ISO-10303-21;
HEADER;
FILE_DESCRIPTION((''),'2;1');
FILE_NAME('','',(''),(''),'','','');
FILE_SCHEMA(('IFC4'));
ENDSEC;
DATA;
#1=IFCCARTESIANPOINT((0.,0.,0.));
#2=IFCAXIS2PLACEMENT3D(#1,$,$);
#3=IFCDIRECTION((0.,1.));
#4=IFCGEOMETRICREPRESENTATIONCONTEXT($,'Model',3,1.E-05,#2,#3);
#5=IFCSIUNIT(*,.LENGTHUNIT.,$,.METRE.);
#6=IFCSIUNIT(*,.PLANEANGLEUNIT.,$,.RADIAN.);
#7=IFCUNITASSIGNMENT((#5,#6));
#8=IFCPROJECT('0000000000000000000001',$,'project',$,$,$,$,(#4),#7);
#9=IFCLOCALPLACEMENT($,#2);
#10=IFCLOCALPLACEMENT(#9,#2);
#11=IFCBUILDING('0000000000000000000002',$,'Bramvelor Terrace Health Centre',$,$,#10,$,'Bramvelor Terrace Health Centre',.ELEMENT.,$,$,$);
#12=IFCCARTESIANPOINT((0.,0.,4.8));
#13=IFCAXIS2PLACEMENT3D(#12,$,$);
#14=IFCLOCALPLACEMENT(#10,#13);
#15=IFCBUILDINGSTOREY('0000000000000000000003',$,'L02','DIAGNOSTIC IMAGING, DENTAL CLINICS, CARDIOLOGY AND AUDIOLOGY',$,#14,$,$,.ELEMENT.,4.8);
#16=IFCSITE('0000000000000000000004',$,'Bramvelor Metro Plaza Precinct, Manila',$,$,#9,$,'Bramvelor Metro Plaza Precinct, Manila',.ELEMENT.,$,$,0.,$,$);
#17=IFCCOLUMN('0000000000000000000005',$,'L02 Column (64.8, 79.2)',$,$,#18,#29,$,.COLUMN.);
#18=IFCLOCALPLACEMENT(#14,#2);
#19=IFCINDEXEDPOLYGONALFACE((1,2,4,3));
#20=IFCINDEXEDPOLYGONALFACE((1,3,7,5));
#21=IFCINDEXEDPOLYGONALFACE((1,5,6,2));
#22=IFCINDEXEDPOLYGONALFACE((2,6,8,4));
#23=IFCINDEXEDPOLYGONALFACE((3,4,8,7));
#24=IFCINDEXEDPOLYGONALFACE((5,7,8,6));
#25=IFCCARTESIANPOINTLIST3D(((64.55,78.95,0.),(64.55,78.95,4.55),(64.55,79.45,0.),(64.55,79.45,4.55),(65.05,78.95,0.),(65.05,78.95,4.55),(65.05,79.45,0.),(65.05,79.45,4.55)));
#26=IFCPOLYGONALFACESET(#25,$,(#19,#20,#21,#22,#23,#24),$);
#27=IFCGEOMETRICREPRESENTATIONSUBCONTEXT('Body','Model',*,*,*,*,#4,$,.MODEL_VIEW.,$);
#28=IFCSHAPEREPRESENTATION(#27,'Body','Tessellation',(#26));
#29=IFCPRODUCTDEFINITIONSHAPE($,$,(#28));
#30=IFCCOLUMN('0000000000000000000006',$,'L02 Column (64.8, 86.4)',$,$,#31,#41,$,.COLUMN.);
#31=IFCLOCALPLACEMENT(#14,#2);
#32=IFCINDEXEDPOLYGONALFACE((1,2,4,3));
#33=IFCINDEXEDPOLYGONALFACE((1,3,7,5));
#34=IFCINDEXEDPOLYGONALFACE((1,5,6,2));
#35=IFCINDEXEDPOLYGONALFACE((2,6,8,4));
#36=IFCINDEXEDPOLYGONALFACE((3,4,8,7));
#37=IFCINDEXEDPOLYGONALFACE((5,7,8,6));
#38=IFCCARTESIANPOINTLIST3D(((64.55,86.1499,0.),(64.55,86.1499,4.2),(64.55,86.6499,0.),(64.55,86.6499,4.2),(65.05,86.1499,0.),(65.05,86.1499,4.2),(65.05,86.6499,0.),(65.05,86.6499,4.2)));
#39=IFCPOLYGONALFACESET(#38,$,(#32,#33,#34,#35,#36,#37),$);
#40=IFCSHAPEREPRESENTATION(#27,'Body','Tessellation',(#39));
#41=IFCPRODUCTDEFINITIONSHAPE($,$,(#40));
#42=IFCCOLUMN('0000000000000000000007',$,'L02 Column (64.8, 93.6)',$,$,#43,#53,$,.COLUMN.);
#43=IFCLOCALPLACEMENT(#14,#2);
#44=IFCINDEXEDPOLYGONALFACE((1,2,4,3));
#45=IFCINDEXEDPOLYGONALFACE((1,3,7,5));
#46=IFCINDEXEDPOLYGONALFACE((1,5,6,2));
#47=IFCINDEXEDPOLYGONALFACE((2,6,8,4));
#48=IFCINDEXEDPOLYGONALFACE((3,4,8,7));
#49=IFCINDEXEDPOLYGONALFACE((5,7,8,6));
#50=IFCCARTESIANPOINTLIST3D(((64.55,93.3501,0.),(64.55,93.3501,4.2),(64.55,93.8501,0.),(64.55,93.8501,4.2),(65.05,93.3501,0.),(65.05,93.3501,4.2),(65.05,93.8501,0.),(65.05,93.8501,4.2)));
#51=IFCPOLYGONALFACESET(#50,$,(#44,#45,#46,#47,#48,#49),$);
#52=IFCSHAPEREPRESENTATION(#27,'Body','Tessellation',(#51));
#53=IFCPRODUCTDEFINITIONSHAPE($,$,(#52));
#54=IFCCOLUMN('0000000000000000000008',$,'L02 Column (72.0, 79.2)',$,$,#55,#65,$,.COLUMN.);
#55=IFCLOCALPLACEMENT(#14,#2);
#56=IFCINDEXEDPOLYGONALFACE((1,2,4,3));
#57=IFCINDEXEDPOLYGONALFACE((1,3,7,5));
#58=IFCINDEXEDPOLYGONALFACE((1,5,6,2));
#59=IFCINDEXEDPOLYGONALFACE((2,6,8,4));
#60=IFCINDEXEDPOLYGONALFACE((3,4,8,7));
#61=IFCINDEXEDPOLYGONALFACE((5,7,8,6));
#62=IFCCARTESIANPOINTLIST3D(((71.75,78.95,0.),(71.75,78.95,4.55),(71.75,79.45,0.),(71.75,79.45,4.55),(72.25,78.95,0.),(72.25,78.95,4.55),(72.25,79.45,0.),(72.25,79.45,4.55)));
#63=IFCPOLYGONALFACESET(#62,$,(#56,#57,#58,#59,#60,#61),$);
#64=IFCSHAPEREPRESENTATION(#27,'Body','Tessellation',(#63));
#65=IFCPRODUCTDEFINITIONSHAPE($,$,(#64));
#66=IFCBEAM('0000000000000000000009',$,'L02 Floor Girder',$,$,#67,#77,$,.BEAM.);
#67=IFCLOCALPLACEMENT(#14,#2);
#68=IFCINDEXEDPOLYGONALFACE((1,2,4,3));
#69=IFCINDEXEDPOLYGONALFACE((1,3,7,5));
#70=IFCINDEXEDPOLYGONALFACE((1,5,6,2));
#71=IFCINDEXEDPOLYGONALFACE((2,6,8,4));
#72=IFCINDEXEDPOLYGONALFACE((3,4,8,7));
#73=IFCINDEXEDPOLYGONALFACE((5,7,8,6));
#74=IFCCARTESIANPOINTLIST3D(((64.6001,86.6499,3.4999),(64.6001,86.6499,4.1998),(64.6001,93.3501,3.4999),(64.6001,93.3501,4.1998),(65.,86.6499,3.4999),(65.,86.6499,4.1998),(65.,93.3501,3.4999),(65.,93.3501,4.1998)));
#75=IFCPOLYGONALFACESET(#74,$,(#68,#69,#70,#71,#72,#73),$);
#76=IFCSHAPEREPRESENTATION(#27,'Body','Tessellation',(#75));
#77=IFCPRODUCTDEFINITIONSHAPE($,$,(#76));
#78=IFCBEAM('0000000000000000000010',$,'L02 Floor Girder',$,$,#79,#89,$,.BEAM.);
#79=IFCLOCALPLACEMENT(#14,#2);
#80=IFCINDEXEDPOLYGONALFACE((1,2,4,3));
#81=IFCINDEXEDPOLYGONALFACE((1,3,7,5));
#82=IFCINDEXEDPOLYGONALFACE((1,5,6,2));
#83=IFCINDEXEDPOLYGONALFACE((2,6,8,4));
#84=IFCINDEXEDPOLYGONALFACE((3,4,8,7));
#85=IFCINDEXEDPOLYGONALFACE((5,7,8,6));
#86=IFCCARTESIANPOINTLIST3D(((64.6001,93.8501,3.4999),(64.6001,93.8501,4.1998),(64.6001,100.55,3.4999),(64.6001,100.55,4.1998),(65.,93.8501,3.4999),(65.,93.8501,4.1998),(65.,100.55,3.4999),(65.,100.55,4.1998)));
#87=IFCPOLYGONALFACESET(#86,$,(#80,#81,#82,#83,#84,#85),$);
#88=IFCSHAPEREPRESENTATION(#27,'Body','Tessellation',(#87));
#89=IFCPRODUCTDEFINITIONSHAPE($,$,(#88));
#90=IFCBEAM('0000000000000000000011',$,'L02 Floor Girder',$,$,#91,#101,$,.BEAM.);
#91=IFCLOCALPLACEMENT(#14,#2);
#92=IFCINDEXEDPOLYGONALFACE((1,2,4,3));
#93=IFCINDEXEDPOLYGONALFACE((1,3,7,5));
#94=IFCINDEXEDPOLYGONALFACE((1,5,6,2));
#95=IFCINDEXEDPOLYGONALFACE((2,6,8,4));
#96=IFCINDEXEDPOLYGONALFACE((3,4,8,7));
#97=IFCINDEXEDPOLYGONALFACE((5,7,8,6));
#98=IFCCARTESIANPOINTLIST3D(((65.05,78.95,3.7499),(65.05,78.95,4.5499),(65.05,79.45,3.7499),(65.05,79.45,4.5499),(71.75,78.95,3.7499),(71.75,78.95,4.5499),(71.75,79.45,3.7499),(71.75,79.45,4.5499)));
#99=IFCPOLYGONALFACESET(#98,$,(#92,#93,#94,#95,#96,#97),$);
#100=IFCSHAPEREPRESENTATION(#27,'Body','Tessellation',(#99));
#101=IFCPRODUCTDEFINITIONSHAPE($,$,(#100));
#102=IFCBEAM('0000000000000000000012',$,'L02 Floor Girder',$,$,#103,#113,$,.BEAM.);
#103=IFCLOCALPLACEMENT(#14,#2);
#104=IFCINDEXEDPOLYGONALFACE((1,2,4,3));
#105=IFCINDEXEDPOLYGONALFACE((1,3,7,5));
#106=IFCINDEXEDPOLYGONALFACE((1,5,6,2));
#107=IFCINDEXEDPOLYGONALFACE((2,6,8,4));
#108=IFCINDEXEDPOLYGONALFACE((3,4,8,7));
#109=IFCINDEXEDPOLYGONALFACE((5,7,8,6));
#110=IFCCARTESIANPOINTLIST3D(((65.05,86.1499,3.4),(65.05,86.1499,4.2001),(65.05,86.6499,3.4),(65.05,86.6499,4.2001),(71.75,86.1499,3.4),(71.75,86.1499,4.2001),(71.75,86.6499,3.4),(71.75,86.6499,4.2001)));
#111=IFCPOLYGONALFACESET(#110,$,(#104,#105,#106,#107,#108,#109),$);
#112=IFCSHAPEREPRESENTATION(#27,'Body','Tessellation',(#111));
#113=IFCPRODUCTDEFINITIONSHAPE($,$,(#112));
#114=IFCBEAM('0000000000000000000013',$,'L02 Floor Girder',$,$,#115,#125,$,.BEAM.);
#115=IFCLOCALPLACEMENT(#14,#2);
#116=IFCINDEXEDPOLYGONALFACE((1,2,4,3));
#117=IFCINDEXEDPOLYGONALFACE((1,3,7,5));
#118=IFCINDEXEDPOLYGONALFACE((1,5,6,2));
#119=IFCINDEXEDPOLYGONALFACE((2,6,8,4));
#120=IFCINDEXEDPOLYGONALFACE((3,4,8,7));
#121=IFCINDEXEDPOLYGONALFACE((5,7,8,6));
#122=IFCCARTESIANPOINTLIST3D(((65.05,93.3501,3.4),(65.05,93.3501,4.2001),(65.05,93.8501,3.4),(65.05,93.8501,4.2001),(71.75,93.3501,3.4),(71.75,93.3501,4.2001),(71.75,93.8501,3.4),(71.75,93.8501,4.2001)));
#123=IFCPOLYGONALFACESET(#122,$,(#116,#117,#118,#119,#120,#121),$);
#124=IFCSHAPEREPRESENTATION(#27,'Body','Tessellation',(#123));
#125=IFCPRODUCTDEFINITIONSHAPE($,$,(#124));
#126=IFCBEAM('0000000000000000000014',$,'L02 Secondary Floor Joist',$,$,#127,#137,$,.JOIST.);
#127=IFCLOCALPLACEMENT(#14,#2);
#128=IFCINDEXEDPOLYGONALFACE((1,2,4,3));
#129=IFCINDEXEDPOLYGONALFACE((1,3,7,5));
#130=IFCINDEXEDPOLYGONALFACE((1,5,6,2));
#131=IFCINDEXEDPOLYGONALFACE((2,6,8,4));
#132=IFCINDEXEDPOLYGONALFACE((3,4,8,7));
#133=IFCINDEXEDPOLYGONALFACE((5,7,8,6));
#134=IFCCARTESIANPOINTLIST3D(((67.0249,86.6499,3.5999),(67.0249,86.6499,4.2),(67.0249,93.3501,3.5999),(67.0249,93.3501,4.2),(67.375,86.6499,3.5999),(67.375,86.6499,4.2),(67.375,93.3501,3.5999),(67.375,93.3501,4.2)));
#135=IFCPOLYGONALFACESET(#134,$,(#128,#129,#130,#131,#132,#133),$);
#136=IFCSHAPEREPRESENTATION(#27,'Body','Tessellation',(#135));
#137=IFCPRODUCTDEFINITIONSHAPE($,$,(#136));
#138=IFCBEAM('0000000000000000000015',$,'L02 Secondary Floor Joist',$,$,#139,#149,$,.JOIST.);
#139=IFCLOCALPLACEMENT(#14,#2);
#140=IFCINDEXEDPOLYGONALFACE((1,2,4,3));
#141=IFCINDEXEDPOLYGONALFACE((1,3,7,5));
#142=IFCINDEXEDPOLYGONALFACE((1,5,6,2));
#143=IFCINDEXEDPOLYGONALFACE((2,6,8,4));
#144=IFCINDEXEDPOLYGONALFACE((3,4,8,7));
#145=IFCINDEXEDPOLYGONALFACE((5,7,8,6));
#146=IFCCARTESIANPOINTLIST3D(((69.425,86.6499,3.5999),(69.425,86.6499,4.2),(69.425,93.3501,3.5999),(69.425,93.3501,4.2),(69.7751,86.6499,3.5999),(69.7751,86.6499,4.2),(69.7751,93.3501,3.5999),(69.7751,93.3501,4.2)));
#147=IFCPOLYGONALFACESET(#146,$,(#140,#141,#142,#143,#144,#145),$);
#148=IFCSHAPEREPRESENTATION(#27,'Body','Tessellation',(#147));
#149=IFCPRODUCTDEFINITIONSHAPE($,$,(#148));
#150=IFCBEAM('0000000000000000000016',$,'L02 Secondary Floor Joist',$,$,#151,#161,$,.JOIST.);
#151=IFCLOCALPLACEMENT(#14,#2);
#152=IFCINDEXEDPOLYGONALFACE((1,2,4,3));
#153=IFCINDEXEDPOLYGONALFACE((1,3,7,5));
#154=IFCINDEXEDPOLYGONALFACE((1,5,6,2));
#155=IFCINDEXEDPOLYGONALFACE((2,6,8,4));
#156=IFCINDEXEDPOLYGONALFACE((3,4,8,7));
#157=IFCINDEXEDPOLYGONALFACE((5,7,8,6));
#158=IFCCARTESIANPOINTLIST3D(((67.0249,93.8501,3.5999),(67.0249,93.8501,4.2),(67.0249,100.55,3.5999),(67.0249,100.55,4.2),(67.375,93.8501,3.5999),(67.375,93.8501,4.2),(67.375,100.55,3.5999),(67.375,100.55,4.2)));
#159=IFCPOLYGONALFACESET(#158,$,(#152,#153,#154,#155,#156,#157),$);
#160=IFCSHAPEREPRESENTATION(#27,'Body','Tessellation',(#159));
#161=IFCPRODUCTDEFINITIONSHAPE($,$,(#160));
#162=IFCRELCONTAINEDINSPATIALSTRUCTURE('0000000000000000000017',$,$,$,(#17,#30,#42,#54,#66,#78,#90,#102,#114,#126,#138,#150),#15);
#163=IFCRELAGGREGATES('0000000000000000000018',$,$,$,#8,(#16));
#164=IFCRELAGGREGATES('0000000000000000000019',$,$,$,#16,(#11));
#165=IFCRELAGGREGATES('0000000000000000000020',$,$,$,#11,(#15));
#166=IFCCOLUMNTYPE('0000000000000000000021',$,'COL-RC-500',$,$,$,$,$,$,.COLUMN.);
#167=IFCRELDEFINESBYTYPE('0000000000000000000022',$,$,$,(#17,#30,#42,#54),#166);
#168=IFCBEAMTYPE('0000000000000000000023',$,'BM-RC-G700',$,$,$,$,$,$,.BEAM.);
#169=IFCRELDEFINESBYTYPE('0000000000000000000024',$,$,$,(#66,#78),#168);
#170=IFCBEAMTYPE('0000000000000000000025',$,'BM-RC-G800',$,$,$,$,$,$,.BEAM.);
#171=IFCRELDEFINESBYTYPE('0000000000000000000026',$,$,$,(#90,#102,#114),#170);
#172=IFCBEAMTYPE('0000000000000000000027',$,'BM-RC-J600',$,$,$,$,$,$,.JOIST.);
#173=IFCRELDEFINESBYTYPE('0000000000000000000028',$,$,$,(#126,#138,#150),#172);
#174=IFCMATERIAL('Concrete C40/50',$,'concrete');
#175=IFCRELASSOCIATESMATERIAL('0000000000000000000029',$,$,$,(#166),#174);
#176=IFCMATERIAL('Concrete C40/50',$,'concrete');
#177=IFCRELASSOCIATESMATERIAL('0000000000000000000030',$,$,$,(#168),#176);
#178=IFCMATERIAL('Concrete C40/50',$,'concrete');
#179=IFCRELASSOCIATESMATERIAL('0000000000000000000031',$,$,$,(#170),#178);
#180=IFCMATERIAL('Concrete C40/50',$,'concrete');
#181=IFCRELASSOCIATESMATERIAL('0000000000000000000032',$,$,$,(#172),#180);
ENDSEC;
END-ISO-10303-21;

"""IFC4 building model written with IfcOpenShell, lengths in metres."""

from ifc_helpers import new_model, si_unit, direction, frame, origin, origin_2d, place, context, subcontext, project, spatial, rectangle, extrude, material, material_profile, profile_set, type_object, element, save


model = new_model("IFC4")

# Units and contexts
model_context = context("Model", 3, precision=1e-05, world=origin(), true_north=direction((0.0, 1.0)))
body_context = subcontext(model_context, "Body", "Model", "MODEL_VIEW")
ifc_project = project(units=[si_unit("LENGTHUNIT", "METRE"), si_unit("PLANEANGLEUNIT", "RADIAN")], contexts=[model_context])

# Site, building, storey
site_placement = place(None, origin())
site = spatial("IfcSite", under=ifc_project, at=site_placement, Name="Bramvelor Metro Plaza Precinct, Manila", LongName="Bramvelor Metro Plaza Precinct, Manila", CompositionType="ELEMENT", RefElevation=0.0)
building_placement = place(site_placement, origin())
building = spatial("IfcBuilding", under=site, at=building_placement, Name="Bramvelor Terrace Health Centre", LongName="Bramvelor Terrace Health Centre", CompositionType="ELEMENT")
storey_placement = place(building_placement, frame((0.0, 0.0, 4.8)))
storey = spatial("IfcBuildingStorey", under=building, at=storey_placement, Name="L02", Description="DIAGNOSTIC IMAGING, DENTAL CLINICS, CARDIOLOGY AND AUDIOLOGY", CompositionType="ELEMENT", Elevation=4.8)

# Columns
ifc_material_1 = material(Name="Concrete C40/50", Category="concrete")
ifc_material_profile_1 = material_profile(ifc_material_1, rectangle(XDim=0.5, YDim=0.5, at=origin_2d()), Name="RC 500x500")
ifc_profile_set_1 = profile_set([ifc_material_profile_1], Name="Concrete C40/50")
column_type = type_object("IfcColumnType", Name="COL-RC-500", PredefinedType="COLUMN", material=ifc_profile_set_1)
column_1_placement = place(storey_placement, frame((64.8, 79.2, 0.0), z_axis=(0.0, 0.0, 1.0), x_axis=(1.0, 0.0, 0.0)))
element("IfcColumn", 1, at=column_1_placement, inside=storey, type_object=column_type, Name="L02 Column (64.8, 79.2)", PredefinedType="COLUMN", context=body_context, shape_type="SweptSolid", body=[
    extrude(rectangle(XDim=0.5, YDim=0.5, at=origin_2d()), origin(), (0.0, 0.0, 1.0), 4.55),
])
for number, where, z_axis, x_axis, name in (
    (2, (64.8, 86.3999, 0.0), (0.0, 0.0, 1.0), (1.0, 0.0, 0.0), "L02 Column (64.8, 86.4)"),
    (3, (64.8, 93.6001, 0.0), (0.0, 0.0, 1.0), (1.0, 0.0, 0.0), "L02 Column (64.8, 93.6)"),
):
    element("IfcColumn", number, at=place(storey_placement, frame(where, z_axis=z_axis, x_axis=x_axis)), inside=storey, type_object=column_type, Name=name, PredefinedType="COLUMN", context=body_context, shape_type="SweptSolid", body=[
        extrude(rectangle(XDim=0.5, YDim=0.5, at=origin_2d()), origin(), (0.0, 0.0, 1.0), 4.2),
    ])
column_2_placement = place(storey_placement, frame((72.0, 79.2, 0.0), z_axis=(0.0, 0.0, 1.0), x_axis=(1.0, 0.0, 0.0)))
element("IfcColumn", 4, at=column_2_placement, inside=storey, type_object=column_type, Name="L02 Column (72.0, 79.2)", PredefinedType="COLUMN", context=body_context, shape_type="SweptSolid", body=[
    extrude(rectangle(XDim=0.5, YDim=0.5, at=origin_2d()), origin(), (0.0, 0.0, 1.0), 4.55),
])

# Beams
ifc_material_2 = material(Name="Concrete C40/50", Category="concrete")
ifc_material_profile_2 = material_profile(ifc_material_2, rectangle(XDim=0.3999, YDim=0.7, at=origin_2d()), Name="RC 400x700")
ifc_profile_set_2 = profile_set([ifc_material_profile_2], Name="Concrete C40/50")
beam_type_1 = type_object("IfcBeamType", Name="BM-RC-G700", PredefinedType="BEAM", material=ifc_profile_set_2)
beam_1_placement = place(storey_placement, frame((64.8, 86.6499, 3.8499), z_axis=(0.0, 1.0, 0.0), x_axis=(-1.0, 0.0, 0.0)))
element("IfcBeam", 5, at=beam_1_placement, inside=storey, type_object=beam_type_1, Name="L02 Floor Girder", PredefinedType="BEAM", context=body_context, shape_type="SweptSolid", body=[
    extrude(rectangle(XDim=0.3999, YDim=0.7, at=origin_2d()), origin(), (0.0, 0.0, 1.0), 6.7002),
])
beam_2_placement = place(storey_placement, frame((64.8, 93.8501, 3.8499), z_axis=(0.0, 1.0, 0.0), x_axis=(-1.0, 0.0, 0.0)))
element("IfcBeam", 6, at=beam_2_placement, inside=storey, type_object=beam_type_1, Name="L02 Floor Girder", PredefinedType="BEAM", context=body_context, shape_type="SweptSolid", body=[
    extrude(rectangle(XDim=0.3999, YDim=0.7, at=origin_2d()), origin(), (0.0, 0.0, 1.0), 6.7),
])
ifc_material_3 = material(Name="Concrete C40/50", Category="concrete")
ifc_material_profile_3 = material_profile(ifc_material_3, rectangle(XDim=0.5, YDim=0.8, at=origin_2d()), Name="RC 500x800")
ifc_profile_set_3 = profile_set([ifc_material_profile_3], Name="Concrete C40/50")
beam_type_2 = type_object("IfcBeamType", Name="BM-RC-G800", PredefinedType="BEAM", material=ifc_profile_set_3)
for number, where, z_axis, x_axis, name in (
    (7, (65.05, 79.2, 4.1499), (1.0, 0.0, 0.0), (0.0, 1.0, 0.0), "L02 Floor Girder"),
    (8, (65.05, 86.3999, 3.8), (1.0, 0.0, 0.0), (0.0, 1.0, 0.0), "L02 Floor Girder"),
    (9, (65.05, 93.6001, 3.8), (1.0, 0.0, 0.0), (0.0, 1.0, 0.0), "L02 Floor Girder"),
):
    element("IfcBeam", number, at=place(storey_placement, frame(where, z_axis=z_axis, x_axis=x_axis)), inside=storey, type_object=beam_type_2, Name=name, PredefinedType="BEAM", context=body_context, shape_type="SweptSolid", body=[
        extrude(rectangle(XDim=0.5, YDim=0.8, at=origin_2d()), origin(), (0.0, 0.0, 1.0), 6.7),
    ])
ifc_material_4 = material(Name="Concrete C40/50", Category="concrete")
ifc_material_profile_4 = material_profile(ifc_material_4, rectangle(XDim=0.3501, YDim=0.6001, at=origin_2d()), Name="RC 350x600")
ifc_profile_set_4 = profile_set([ifc_material_profile_4], Name="Concrete C40/50")
beam_type_3 = type_object("IfcBeamType", Name="BM-RC-J600", PredefinedType="JOIST", material=ifc_profile_set_4)
for number, where, z_axis, x_axis, name in (
    (10, (67.2, 86.6499, 3.8999), (0.0, 1.0, 0.0), (-1.0, 0.0, 0.0), "L02 Secondary Floor Joist"),
    (11, (69.6001, 86.6499, 3.8999), (0.0, 1.0, 0.0), (-1.0, 0.0, 0.0), "L02 Secondary Floor Joist"),
):
    element("IfcBeam", number, at=place(storey_placement, frame(where, z_axis=z_axis, x_axis=x_axis)), inside=storey, type_object=beam_type_3, Name=name, PredefinedType="JOIST", context=body_context, shape_type="SweptSolid", body=[
        extrude(rectangle(XDim=0.3501, YDim=0.6001, at=origin_2d()), origin(), (0.0, 0.0, 1.0), 6.7002),
    ])
beam_3_placement = place(storey_placement, frame((67.2, 93.8501, 3.8999), z_axis=(0.0, 1.0, 0.0), x_axis=(-1.0, 0.0, 0.0)))
element("IfcBeam", 12, at=beam_3_placement, inside=storey, type_object=beam_type_3, Name="L02 Secondary Floor Joist", PredefinedType="JOIST", context=body_context, shape_type="SweptSolid", body=[
    extrude(rectangle(XDim=0.3501, YDim=0.6001, at=origin_2d()), origin(), (0.0, 0.0, 1.0), 6.7),
])

save(model, "model.ifc")
